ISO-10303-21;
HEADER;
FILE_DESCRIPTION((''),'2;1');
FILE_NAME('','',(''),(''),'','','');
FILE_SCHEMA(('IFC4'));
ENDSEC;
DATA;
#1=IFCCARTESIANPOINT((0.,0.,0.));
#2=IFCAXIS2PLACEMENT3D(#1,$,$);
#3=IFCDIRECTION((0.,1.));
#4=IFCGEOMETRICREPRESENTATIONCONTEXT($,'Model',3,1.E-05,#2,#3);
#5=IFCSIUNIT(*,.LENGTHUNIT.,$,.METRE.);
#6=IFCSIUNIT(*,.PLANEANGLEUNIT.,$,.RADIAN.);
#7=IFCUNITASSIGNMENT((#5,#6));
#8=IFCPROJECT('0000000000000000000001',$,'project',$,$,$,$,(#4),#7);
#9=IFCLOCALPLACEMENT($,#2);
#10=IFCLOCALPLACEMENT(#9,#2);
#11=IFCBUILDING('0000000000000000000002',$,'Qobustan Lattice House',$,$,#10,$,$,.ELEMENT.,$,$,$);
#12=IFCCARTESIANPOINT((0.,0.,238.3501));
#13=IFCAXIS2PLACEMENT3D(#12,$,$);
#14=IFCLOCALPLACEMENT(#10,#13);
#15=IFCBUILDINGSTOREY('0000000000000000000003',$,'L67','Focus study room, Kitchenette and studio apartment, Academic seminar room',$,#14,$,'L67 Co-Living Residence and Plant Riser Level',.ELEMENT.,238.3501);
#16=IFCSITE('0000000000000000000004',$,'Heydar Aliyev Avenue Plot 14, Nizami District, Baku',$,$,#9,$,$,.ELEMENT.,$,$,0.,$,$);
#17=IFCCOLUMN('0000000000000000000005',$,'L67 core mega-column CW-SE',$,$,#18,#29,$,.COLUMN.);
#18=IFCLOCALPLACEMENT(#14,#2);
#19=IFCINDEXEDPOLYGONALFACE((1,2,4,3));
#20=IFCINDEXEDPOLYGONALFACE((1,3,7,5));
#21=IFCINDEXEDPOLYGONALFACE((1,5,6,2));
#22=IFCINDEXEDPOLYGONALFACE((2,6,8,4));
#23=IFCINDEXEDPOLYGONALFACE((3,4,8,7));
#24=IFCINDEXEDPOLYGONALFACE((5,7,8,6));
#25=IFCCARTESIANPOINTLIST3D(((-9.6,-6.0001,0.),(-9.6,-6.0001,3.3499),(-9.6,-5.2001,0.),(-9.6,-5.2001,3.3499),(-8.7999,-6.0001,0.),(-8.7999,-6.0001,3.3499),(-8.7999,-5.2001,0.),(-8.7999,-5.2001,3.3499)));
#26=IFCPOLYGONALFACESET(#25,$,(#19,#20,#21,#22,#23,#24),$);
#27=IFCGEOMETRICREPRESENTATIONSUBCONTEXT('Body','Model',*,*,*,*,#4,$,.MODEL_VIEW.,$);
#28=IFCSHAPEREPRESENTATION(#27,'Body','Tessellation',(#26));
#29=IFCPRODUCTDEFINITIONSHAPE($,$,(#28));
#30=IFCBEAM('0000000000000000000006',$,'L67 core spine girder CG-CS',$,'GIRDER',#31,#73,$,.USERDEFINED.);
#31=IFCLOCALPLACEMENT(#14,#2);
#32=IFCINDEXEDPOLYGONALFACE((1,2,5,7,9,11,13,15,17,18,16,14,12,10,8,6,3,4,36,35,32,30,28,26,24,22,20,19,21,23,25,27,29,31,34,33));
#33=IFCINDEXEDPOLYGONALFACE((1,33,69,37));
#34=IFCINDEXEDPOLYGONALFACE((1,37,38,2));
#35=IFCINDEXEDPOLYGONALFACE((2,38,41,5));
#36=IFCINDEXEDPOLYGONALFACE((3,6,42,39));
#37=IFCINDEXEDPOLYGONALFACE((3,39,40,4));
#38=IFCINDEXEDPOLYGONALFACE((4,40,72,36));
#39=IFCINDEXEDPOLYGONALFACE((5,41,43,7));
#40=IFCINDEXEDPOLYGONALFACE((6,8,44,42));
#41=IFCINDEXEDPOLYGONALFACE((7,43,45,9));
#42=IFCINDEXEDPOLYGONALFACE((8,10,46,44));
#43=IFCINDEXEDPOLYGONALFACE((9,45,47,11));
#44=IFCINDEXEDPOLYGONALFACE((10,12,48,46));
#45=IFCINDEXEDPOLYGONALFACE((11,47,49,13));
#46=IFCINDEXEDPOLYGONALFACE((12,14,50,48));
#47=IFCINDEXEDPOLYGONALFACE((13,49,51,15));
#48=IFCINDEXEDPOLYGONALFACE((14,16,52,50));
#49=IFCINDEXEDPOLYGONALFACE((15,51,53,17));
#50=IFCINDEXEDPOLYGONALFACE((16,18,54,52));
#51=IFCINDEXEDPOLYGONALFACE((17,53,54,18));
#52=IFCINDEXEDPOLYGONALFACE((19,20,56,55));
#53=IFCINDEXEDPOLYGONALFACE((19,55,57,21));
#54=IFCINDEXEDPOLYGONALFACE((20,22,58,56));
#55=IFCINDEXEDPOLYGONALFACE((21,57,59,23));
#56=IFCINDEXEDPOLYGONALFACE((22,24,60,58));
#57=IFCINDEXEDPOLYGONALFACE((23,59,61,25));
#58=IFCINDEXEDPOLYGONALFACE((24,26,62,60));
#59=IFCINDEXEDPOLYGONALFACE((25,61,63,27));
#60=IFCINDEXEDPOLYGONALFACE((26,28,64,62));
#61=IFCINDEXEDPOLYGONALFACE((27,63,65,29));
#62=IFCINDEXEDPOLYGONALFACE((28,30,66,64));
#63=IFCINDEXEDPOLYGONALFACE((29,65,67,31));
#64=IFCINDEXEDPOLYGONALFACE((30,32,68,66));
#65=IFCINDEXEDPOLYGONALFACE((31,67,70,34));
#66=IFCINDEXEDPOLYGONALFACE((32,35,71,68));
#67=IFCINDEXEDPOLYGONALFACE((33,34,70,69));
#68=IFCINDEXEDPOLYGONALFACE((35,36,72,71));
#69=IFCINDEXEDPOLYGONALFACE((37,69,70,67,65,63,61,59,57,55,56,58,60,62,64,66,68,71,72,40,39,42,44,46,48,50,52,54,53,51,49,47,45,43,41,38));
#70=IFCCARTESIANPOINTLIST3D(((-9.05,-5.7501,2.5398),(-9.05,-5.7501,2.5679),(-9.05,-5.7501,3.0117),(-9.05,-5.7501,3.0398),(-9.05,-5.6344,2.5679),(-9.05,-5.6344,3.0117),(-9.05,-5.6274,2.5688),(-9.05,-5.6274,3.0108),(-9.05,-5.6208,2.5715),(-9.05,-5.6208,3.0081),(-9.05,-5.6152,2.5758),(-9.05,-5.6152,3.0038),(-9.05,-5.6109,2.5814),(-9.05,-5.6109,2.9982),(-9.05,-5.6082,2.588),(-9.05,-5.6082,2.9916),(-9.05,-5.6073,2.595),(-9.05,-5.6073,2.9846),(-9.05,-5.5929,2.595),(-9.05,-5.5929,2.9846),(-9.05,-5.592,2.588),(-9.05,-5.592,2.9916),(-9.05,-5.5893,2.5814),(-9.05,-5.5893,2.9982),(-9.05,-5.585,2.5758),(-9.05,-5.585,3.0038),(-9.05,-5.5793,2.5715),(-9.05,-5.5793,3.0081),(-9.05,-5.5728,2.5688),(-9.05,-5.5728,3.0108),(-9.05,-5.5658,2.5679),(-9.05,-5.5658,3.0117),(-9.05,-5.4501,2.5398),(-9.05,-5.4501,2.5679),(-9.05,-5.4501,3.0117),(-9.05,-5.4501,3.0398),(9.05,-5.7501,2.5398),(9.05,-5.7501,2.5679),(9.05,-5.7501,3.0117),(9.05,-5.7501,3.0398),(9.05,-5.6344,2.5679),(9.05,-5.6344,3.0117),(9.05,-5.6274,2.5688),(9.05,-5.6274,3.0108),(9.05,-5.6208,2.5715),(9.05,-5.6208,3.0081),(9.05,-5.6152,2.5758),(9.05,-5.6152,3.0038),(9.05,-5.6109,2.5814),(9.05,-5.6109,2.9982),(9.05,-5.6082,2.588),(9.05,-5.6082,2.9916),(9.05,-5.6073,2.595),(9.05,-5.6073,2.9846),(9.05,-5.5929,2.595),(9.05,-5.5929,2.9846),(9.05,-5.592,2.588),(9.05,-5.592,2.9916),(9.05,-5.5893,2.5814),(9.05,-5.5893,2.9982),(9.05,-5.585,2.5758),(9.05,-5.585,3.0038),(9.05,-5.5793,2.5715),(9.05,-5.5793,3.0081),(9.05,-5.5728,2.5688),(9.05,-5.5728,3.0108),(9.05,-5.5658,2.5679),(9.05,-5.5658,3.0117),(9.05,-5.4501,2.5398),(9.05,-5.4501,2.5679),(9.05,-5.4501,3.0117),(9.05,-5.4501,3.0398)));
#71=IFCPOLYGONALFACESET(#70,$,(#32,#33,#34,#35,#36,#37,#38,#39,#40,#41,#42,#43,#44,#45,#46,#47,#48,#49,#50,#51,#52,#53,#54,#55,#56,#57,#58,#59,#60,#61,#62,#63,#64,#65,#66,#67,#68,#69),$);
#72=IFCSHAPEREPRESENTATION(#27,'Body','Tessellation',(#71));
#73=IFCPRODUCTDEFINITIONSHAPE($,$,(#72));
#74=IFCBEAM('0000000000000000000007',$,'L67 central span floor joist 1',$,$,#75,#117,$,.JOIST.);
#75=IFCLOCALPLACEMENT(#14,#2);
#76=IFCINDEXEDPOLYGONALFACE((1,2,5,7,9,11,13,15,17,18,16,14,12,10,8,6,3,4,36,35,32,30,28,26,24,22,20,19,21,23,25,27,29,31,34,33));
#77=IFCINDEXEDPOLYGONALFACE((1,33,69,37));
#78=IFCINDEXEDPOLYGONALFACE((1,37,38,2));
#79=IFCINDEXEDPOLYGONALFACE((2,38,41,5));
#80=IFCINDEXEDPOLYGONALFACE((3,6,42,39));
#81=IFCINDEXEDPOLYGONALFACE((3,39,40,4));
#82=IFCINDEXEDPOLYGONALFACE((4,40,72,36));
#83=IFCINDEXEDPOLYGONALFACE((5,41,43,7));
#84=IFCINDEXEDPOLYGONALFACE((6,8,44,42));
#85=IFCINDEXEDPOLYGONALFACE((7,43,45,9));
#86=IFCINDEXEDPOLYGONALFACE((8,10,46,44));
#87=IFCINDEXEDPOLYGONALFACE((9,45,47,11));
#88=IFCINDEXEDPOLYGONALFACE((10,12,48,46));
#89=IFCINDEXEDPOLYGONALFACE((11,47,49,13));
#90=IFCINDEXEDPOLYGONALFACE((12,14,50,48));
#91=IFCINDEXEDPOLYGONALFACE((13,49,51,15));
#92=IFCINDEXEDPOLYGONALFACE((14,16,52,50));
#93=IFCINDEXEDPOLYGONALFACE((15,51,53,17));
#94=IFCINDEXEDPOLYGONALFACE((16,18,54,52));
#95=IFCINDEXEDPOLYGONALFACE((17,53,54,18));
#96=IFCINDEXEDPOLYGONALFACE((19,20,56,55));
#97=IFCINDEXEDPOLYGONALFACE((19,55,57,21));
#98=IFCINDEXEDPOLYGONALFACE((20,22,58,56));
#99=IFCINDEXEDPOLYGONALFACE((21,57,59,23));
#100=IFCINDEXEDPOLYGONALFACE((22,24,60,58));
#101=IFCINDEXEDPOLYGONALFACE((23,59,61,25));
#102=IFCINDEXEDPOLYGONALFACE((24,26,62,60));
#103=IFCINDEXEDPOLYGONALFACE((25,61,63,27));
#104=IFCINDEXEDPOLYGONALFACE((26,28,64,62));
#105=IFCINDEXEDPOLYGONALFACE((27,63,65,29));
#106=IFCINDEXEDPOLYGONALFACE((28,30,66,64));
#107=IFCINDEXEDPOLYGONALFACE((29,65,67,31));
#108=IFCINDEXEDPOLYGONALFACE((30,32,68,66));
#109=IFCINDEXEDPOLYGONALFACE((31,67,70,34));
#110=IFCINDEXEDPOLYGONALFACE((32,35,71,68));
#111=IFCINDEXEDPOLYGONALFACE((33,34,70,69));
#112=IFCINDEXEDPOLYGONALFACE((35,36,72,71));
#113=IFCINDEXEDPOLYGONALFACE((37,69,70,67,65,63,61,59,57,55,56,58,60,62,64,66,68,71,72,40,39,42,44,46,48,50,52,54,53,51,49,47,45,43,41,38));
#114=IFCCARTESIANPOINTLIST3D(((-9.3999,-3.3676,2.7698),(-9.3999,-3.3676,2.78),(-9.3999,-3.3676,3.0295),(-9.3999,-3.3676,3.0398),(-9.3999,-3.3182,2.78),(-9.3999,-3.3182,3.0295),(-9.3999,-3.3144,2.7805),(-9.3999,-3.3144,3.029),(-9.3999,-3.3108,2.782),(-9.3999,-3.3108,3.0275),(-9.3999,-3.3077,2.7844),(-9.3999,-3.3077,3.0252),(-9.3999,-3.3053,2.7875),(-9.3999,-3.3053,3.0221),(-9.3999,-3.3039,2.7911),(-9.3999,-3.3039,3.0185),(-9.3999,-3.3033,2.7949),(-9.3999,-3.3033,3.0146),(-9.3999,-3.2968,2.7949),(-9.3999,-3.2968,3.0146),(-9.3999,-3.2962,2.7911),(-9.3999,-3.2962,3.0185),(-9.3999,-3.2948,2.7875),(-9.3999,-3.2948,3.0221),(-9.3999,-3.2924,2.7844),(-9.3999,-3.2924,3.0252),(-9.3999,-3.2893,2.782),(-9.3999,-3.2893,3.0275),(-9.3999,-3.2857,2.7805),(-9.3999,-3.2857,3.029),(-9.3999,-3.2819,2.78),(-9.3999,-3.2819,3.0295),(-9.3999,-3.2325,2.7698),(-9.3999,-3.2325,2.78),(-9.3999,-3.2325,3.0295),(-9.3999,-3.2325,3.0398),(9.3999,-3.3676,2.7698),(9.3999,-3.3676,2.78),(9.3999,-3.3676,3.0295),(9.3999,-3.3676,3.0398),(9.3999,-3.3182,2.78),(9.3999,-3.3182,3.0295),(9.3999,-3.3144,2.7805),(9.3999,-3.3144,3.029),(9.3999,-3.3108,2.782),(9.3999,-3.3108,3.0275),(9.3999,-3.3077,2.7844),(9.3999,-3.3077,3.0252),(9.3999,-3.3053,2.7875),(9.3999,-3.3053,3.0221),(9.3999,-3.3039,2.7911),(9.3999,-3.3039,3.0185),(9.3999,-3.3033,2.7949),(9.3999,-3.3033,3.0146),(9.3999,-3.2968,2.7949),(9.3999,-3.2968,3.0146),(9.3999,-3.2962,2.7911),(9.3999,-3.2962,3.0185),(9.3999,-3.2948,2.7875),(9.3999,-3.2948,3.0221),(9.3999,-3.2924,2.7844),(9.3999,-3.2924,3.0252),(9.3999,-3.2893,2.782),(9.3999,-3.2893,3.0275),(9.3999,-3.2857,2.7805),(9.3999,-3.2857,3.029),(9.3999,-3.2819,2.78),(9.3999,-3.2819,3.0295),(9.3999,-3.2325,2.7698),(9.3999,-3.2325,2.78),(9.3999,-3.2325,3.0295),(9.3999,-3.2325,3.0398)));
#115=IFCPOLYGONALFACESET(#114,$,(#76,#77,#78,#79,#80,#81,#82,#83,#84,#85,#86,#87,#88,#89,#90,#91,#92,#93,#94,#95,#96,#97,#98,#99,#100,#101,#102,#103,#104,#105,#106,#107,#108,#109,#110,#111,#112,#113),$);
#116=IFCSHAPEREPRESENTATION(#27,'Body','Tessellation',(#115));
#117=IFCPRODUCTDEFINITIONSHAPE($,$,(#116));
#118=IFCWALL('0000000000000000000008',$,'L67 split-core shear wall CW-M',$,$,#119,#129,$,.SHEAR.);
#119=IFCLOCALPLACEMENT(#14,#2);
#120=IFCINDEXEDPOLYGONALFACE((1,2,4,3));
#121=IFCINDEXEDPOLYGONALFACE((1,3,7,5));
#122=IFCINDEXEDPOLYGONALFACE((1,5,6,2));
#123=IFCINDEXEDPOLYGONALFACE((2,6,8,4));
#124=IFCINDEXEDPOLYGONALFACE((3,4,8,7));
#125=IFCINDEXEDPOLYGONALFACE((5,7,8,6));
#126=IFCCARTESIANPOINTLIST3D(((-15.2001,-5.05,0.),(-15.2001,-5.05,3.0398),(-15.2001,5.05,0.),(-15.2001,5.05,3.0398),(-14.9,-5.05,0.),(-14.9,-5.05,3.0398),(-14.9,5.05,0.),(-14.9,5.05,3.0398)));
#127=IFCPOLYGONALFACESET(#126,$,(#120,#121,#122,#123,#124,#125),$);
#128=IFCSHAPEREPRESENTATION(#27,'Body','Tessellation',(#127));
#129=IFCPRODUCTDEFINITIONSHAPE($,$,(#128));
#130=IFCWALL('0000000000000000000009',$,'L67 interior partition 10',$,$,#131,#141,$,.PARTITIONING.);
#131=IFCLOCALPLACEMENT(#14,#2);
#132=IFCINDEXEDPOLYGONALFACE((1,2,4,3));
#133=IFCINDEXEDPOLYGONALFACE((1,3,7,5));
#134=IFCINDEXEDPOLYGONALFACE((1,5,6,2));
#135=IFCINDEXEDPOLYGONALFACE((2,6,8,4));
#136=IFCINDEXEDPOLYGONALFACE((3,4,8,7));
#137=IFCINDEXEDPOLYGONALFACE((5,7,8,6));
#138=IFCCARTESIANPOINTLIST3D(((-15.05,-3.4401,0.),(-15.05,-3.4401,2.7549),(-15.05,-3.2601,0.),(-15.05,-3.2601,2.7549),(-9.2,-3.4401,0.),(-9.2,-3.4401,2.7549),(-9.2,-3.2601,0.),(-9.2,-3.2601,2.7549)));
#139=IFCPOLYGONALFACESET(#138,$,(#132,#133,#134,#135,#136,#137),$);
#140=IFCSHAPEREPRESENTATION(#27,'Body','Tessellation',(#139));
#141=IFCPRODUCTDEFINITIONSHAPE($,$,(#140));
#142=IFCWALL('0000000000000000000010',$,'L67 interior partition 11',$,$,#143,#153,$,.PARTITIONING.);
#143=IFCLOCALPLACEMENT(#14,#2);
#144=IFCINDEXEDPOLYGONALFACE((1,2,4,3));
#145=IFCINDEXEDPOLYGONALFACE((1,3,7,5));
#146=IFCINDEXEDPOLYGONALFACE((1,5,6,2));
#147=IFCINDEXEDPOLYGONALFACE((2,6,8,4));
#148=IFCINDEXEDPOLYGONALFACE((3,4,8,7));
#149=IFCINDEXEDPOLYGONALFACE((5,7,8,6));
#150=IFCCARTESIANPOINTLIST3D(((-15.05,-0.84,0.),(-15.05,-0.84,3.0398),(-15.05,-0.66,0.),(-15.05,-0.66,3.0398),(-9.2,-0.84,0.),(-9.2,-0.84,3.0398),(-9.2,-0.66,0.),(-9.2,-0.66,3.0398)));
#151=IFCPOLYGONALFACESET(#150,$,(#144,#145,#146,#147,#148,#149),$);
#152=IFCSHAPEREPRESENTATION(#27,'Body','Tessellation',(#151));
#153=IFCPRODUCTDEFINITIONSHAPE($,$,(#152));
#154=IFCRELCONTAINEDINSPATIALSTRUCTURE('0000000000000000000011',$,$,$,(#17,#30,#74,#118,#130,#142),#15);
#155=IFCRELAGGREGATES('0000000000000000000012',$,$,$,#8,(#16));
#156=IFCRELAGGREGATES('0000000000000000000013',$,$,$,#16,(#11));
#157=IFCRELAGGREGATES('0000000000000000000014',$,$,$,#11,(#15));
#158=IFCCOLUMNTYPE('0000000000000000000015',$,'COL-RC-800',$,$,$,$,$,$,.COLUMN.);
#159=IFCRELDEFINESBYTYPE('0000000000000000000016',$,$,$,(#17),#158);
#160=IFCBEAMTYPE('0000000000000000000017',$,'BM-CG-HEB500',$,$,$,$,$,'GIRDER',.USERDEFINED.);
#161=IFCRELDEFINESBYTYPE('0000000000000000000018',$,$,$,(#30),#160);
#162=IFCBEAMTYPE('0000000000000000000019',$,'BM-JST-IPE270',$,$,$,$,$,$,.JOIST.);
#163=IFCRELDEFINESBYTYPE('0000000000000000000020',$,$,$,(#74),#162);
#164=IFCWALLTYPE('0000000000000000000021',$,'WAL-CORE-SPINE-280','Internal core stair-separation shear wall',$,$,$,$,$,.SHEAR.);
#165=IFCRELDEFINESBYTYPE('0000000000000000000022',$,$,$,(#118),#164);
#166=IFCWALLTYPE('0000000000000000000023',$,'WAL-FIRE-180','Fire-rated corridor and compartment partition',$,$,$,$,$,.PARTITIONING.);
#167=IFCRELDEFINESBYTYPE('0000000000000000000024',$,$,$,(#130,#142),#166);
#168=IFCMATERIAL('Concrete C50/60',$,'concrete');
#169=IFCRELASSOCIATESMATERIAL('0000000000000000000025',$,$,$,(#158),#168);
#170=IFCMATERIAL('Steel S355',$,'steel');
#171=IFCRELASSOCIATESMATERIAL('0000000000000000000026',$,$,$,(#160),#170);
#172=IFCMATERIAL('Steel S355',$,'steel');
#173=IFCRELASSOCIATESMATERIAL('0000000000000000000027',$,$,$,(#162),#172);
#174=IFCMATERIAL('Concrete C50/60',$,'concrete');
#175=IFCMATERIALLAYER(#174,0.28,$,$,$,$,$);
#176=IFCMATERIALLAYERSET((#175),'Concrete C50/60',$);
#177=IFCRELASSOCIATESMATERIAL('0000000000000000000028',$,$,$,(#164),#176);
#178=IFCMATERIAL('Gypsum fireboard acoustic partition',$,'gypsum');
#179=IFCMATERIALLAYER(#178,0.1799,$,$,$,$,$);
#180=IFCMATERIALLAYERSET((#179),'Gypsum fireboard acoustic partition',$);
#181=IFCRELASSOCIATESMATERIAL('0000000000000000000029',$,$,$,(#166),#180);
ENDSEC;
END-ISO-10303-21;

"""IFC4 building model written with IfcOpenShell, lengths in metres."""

from ifc_helpers import new_model, si_unit, direction, frame, frame_2d, origin, origin_2d, place, context, subcontext, project, spatial, rectangle, i_section, extrude, material, layer, layer_set, material_profile, profile_set, type_object, element, save


model = new_model("IFC4")

# Units and contexts
model_context = context("Model", 3, precision=1e-05, world=origin(), true_north=direction((0.0, 1.0)))
body_context = subcontext(model_context, "Body", "Model", "MODEL_VIEW")
ifc_project = project(units=[si_unit("LENGTHUNIT", "METRE"), si_unit("PLANEANGLEUNIT", "RADIAN")], contexts=[model_context])

# Site, building, storey
site_placement = place(None, origin())
site = spatial("IfcSite", under=ifc_project, at=site_placement, Name="Heydar Aliyev Avenue Plot 14, Nizami District, Baku", CompositionType="ELEMENT", RefElevation=0.0)
building_placement = place(site_placement, origin())
building = spatial("IfcBuilding", under=site, at=building_placement, Name="Qobustan Lattice House", CompositionType="ELEMENT")
storey_placement = place(building_placement, frame((0.0, 0.0, 238.3501)))
storey = spatial("IfcBuildingStorey", under=building, at=storey_placement, Name="L67", Description="Focus study room, Kitchenette and studio apartment, Academic seminar room", LongName="L67 Co-Living Residence and Plant Riser Level", CompositionType="ELEMENT", Elevation=238.3501)

# Column
ifc_material_1 = material(Name="Concrete C50/60", Category="concrete")
ifc_material_profile_1 = material_profile(ifc_material_1, rectangle(XDim=0.8, YDim=0.8, at=origin_2d()), Name="RC800x800")
ifc_profile_set_1 = profile_set([ifc_material_profile_1], Name="Concrete C50/60")
column_type = type_object("IfcColumnType", Name="COL-RC-800", PredefinedType="COLUMN", material=ifc_profile_set_1)
column_placement = place(storey_placement, frame((-9.2, -5.6001, 0.0), z_axis=(0.0, 0.0, 1.0), x_axis=(1.0, 0.0, 0.0)))
element("IfcColumn", 1, at=column_placement, inside=storey, type_object=column_type, Name="L67 core mega-column CW-SE", PredefinedType="COLUMN", context=body_context, shape_type="SweptSolid", body=[
    extrude(rectangle(XDim=0.8, YDim=0.8, at=origin_2d()), origin(), (0.0, 0.0, 1.0), 3.3499),
])

# Beams
ifc_material_2 = material(Name="Steel S355", Category="steel")
ifc_material_profile_2 = material_profile(ifc_material_2, i_section(OverallWidth=0.3, OverallDepth=0.5, WebThickness=0.0144, FlangeThickness=0.0281, FilletRadius=0.0271, at=origin_2d()), Name="HEB500")
ifc_profile_set_2 = profile_set([ifc_material_profile_2], Name="Steel S355")
beam_type_1 = type_object("IfcBeamType", Name="BM-CG-HEB500", ElementType="GIRDER", PredefinedType="USERDEFINED", material=ifc_profile_set_2)
beam_1_placement = place(storey_placement, frame((-9.05, -5.6001, 2.7898), z_axis=(1.0, 0.0, 0.0), x_axis=(0.0, 1.0, 0.0)))
element("IfcBeam", 2, at=beam_1_placement, inside=storey, type_object=beam_type_1, Name="L67 core spine girder CG-CS", ObjectType="GIRDER", PredefinedType="USERDEFINED", context=body_context, shape_type="SweptSolid", body=[
    extrude(i_section(OverallWidth=0.3, OverallDepth=0.5, WebThickness=0.0144, FlangeThickness=0.0281, FilletRadius=0.0271, at=origin_2d()), origin(), (0.0, 0.0, 1.0), 18.1001),
])
ifc_material_3 = material(Name="Steel S355", Category="steel")
ifc_material_profile_3 = material_profile(ifc_material_3, i_section(OverallWidth=0.135, OverallDepth=0.27, WebThickness=0.0066, FlangeThickness=0.0103, FilletRadius=0.0149, at=origin_2d()), Name="IPE270")
ifc_profile_set_3 = profile_set([ifc_material_profile_3], Name="Steel S355")
beam_type_2 = type_object("IfcBeamType", Name="BM-JST-IPE270", PredefinedType="JOIST", material=ifc_profile_set_3)
beam_2_placement = place(storey_placement, frame((-9.3999, -3.3, 2.9048), z_axis=(1.0, 0.0, 0.0), x_axis=(0.0, 1.0, 0.0)))
element("IfcBeam", 3, at=beam_2_placement, inside=storey, type_object=beam_type_2, Name="L67 central span floor joist 1", PredefinedType="JOIST", context=body_context, shape_type="SweptSolid", body=[
    extrude(i_section(OverallWidth=0.135, OverallDepth=0.27, WebThickness=0.0066, FlangeThickness=0.0103, FilletRadius=0.0149, at=origin_2d()), origin(), (0.0, 0.0, 1.0), 18.7998),
])

# Walls
ifc_material_4 = material(Name="Concrete C50/60", Category="concrete")
ifc_layer_1 = layer(ifc_material_4, 0.28)
ifc_layer_set_1 = layer_set([ifc_layer_1], Name="Concrete C50/60")
wall_type_1 = type_object("IfcWallType", Name="WAL-CORE-SPINE-280", Description="Internal core stair-separation shear wall", PredefinedType="SHEAR", material=ifc_layer_set_1)
wall_1_placement = place(storey_placement, frame((-15.05, -5.05, 0.0), z_axis=(0.0, 0.0, 1.0), x_axis=(0.0, 1.0, 0.0)))
element("IfcWall", 4, at=wall_1_placement, inside=storey, type_object=wall_type_1, Name="L67 split-core shear wall CW-M", PredefinedType="SHEAR", context=body_context, shape_type="SweptSolid", body=[
    extrude(rectangle(XDim=10.1001, YDim=0.3, at=frame_2d((5.05, 0.0))), origin(), (0.0, 0.0, 1.0), 3.0398),
])
ifc_material_5 = material(Name="Gypsum fireboard acoustic partition", Category="gypsum")
ifc_layer_2 = layer(ifc_material_5, 0.1799)
ifc_layer_set_2 = layer_set([ifc_layer_2], Name="Gypsum fireboard acoustic partition")
wall_type_2 = type_object("IfcWallType", Name="WAL-FIRE-180", Description="Fire-rated corridor and compartment partition", PredefinedType="PARTITIONING", material=ifc_layer_set_2)
wall_2_placement = place(storey_placement, frame((-15.05, -3.3501, 0.0), z_axis=(0.0, 0.0, 1.0), x_axis=(1.0, 0.0, 0.0)))
element("IfcWall", 5, at=wall_2_placement, inside=storey, type_object=wall_type_2, Name="L67 interior partition 10", PredefinedType="PARTITIONING", context=body_context, shape_type="SweptSolid", body=[
    extrude(rectangle(XDim=5.8501, YDim=0.1799, at=frame_2d((2.925, 0.0))), origin(), (0.0, 0.0, 1.0), 2.7549),
])
wall_3_placement = place(storey_placement, frame((-9.2, -0.75, 0.0), z_axis=(0.0, 0.0, 1.0), x_axis=(-1.0, 0.0, 0.0)))
element("IfcWall", 6, at=wall_3_placement, inside=storey, type_object=wall_type_2, Name="L67 interior partition 11", PredefinedType="PARTITIONING", context=body_context, shape_type="SweptSolid", body=[
    extrude(rectangle(XDim=5.8501, YDim=0.1799, at=frame_2d((2.925, 0.0))), origin(), (0.0, 0.0, 1.0), 3.0398),
])

save(model, "model.ifc")
